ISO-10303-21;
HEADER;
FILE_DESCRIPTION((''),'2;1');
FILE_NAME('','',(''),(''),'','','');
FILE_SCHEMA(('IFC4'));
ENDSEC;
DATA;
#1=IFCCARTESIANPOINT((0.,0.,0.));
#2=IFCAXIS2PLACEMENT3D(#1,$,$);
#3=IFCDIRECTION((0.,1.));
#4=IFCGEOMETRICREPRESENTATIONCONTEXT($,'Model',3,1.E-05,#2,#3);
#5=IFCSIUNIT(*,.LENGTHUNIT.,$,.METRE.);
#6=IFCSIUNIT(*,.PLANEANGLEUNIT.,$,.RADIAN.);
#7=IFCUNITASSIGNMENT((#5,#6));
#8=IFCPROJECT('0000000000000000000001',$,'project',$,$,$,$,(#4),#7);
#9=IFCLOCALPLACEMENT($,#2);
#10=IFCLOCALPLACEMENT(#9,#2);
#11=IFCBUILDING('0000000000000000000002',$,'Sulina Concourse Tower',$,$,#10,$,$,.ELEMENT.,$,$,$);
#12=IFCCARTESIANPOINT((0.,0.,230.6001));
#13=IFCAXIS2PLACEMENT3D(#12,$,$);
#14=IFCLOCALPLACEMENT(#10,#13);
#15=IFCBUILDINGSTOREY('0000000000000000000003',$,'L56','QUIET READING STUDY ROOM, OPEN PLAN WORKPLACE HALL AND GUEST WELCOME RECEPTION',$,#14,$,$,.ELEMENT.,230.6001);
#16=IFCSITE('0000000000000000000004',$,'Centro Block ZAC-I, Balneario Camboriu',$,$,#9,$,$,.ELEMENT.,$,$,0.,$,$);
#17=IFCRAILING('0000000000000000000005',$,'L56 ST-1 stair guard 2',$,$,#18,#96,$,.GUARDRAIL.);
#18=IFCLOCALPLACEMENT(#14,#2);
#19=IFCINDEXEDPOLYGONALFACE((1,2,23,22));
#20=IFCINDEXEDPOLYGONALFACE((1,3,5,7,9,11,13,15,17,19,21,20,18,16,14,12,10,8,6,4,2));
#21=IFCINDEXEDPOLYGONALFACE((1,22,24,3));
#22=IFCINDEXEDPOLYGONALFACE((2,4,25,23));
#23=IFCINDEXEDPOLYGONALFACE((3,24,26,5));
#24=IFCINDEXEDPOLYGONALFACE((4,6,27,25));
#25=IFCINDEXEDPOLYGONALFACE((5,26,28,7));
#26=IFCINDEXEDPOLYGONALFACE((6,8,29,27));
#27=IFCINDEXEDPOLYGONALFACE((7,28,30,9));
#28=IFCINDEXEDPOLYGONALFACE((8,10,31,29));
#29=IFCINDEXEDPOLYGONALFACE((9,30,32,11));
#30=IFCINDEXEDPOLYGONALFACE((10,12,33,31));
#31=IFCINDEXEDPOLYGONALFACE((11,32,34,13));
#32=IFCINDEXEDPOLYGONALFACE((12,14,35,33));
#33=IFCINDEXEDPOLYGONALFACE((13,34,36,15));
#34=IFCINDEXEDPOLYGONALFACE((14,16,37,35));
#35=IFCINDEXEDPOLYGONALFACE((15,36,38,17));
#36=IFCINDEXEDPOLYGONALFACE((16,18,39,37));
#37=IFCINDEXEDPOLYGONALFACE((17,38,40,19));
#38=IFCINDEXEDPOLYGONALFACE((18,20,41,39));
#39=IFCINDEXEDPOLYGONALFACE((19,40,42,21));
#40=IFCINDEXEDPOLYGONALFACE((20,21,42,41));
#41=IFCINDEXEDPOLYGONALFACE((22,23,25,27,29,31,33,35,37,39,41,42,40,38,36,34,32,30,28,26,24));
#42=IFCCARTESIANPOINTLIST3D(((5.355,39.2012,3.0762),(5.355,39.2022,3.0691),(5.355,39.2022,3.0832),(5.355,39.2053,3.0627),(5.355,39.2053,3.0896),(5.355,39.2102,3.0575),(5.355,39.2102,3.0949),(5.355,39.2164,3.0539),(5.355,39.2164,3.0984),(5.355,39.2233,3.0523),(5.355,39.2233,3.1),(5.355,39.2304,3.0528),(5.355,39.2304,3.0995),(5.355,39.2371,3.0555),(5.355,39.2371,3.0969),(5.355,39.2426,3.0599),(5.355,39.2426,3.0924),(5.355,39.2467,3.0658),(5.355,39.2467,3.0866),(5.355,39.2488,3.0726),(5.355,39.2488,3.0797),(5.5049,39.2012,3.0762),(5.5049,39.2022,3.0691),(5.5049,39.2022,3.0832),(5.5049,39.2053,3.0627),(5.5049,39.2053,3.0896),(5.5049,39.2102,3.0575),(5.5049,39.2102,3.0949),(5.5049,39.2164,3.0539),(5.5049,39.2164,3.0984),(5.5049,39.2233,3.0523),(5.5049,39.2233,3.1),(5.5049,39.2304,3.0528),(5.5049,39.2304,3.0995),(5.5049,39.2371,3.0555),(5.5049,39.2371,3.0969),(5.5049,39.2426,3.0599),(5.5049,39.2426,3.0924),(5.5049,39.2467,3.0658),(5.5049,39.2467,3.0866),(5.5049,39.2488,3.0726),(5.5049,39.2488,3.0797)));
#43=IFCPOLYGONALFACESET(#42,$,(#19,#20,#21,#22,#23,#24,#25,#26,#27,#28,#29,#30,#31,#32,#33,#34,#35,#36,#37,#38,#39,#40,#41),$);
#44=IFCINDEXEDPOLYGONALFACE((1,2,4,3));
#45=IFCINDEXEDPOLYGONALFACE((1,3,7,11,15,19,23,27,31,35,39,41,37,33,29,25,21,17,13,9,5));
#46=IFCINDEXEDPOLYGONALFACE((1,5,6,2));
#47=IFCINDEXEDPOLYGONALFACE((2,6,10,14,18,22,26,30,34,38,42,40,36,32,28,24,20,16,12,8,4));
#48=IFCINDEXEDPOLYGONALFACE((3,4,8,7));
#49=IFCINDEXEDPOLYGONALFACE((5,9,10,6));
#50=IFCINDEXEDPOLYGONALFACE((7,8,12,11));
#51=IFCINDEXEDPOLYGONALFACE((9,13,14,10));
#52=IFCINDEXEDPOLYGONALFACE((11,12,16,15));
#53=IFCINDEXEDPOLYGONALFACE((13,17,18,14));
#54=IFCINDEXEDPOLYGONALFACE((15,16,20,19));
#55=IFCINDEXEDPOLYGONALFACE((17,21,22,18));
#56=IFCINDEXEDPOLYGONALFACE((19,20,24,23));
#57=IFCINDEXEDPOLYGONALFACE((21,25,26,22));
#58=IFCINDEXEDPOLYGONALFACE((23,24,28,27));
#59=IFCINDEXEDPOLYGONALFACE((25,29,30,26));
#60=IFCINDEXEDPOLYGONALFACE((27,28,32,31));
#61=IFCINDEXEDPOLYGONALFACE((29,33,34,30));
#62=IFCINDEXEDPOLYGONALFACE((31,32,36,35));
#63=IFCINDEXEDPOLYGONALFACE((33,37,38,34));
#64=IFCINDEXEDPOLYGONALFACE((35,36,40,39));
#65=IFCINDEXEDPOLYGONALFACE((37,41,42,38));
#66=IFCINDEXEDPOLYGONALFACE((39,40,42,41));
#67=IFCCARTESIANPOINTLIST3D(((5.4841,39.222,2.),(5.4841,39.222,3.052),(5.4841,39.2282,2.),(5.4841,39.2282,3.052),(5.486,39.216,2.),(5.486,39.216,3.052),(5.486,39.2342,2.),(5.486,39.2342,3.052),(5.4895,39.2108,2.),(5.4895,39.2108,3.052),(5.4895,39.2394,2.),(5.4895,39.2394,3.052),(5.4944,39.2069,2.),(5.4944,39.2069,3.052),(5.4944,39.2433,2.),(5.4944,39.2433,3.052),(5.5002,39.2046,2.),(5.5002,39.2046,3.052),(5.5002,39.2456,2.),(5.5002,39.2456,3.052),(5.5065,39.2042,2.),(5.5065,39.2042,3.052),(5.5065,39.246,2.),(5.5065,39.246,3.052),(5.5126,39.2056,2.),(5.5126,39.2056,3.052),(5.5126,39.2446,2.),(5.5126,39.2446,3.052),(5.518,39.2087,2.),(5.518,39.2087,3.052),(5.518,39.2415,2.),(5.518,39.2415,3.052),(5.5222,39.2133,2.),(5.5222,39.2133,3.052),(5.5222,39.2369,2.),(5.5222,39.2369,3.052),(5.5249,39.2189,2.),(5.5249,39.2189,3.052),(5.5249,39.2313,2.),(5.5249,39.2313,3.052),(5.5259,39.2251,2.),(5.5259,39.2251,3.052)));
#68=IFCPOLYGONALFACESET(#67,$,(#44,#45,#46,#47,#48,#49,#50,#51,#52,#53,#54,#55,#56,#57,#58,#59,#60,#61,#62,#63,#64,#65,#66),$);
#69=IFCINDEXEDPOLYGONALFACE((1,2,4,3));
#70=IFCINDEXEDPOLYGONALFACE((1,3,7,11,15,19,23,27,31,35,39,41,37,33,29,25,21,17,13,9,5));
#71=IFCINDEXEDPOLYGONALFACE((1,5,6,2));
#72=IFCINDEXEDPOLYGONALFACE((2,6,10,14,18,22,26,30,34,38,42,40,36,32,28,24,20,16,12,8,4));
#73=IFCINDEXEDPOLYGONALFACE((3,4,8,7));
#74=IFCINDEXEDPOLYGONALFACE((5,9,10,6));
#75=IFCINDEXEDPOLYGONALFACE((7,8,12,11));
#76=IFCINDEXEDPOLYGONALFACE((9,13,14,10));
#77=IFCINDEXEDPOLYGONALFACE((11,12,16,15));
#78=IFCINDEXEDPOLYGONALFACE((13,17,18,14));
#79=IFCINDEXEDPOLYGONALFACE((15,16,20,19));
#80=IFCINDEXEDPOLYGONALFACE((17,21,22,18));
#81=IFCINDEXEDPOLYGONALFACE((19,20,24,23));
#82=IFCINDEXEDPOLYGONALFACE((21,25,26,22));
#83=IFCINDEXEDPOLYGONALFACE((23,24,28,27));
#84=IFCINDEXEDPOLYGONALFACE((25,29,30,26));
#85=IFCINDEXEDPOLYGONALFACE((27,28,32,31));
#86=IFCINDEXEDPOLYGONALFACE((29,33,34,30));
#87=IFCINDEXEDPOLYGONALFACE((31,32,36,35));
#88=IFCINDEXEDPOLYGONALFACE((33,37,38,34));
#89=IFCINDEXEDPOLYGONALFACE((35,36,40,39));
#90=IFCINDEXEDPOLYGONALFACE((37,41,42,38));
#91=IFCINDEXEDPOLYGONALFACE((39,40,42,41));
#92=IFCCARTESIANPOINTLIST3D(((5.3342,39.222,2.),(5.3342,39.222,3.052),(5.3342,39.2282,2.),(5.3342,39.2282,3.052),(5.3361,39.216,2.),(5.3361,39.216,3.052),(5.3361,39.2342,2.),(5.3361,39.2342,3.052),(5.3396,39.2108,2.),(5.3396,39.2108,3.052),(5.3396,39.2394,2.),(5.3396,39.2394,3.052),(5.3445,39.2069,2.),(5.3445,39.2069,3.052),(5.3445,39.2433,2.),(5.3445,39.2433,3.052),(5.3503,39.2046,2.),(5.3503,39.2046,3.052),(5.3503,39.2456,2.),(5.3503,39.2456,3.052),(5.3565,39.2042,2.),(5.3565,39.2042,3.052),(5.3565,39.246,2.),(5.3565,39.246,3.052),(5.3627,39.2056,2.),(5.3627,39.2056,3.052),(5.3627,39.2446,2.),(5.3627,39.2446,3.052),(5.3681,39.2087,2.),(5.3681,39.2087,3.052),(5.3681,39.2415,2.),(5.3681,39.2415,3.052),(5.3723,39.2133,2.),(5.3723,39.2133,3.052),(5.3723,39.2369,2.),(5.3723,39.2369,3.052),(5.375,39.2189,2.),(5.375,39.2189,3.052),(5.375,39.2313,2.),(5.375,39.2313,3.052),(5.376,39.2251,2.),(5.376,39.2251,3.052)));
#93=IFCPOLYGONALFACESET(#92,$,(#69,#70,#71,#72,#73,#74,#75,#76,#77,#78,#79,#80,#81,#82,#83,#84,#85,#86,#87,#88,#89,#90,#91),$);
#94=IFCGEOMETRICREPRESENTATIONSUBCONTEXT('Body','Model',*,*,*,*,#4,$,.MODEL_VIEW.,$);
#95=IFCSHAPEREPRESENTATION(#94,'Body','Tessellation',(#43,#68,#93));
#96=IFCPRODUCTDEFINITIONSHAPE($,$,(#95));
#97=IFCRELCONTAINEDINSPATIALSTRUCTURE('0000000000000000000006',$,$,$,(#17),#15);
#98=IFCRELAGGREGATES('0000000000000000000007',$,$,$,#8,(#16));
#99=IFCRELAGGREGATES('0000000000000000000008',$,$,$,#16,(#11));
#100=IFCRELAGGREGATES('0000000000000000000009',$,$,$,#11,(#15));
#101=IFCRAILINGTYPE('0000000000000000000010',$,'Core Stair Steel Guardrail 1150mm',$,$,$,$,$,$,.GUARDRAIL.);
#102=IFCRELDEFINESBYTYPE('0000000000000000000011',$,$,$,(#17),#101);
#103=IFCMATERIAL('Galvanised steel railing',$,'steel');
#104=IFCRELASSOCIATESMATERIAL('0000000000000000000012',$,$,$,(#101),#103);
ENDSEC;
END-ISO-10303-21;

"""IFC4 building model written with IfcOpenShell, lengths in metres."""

from ifc_helpers import new_model, si_unit, direction, frame, origin, origin_2d, place, context, subcontext, project, spatial, circle, extrude, material, type_object, element, save


model = new_model("IFC4")

# Units and contexts
model_context = context("Model", 3, precision=1e-05, world=origin(), true_north=direction((0.0, 1.0)))
body_context = subcontext(model_context, "Body", "Model", "MODEL_VIEW")
ifc_project = project(units=[si_unit("LENGTHUNIT", "METRE"), si_unit("PLANEANGLEUNIT", "RADIAN")], contexts=[model_context])

# Site, building, storey
site_placement = place(None, origin())
site = spatial("IfcSite", under=ifc_project, at=site_placement, Name="Centro Block ZAC-I, Balneario Camboriu", CompositionType="ELEMENT", RefElevation=0.0)
building_placement = place(site_placement, origin())
building = spatial("IfcBuilding", under=site, at=building_placement, Name="Sulina Concourse Tower", CompositionType="ELEMENT")
storey_placement = place(building_placement, frame((0.0, 0.0, 230.6001)))
storey = spatial("IfcBuildingStorey", under=building, at=storey_placement, Name="L56", Description="QUIET READING STUDY ROOM, OPEN PLAN WORKPLACE HALL AND GUEST WELCOME RECEPTION", CompositionType="ELEMENT", Elevation=230.6001)

# Railing
ifc_material_1 = material(Name="Galvanised steel railing", Category="steel")
railing_type_1 = type_object("IfcRailingType", Name="Core Stair Steel Guardrail 1150mm", PredefinedType="GUARDRAIL", material=ifc_material_1)
railing_1_placement = place(storey_placement, frame((5.5049, 39.2251, 2.0)))
element("IfcRailing", 1, at=railing_1_placement, inside=storey, type_object=railing_type_1, Name="L56 ST-1 stair guard 2", PredefinedType="GUARDRAIL", context=body_context, shape_type="SweptSolid", body=[
    extrude(circle(Radius=0.0239, at=origin_2d()), frame((0.0, 0.0, 1.0762), z_axis=(-1.0, 0.0, 0.0), x_axis=(0.0, -1.0, 0.0)), (0.0, 0.0, 1.0), 0.1499),
    extrude(circle(Radius=0.021, at=origin_2d()), origin(), (0.0, 0.0, 1.0), 1.052),
    extrude(circle(Radius=0.021, at=origin_2d()), frame((-0.1499, 0.0, 0.0)), (0.0, 0.0, 1.0), 1.052),
])

save(model, "model.ifc")
